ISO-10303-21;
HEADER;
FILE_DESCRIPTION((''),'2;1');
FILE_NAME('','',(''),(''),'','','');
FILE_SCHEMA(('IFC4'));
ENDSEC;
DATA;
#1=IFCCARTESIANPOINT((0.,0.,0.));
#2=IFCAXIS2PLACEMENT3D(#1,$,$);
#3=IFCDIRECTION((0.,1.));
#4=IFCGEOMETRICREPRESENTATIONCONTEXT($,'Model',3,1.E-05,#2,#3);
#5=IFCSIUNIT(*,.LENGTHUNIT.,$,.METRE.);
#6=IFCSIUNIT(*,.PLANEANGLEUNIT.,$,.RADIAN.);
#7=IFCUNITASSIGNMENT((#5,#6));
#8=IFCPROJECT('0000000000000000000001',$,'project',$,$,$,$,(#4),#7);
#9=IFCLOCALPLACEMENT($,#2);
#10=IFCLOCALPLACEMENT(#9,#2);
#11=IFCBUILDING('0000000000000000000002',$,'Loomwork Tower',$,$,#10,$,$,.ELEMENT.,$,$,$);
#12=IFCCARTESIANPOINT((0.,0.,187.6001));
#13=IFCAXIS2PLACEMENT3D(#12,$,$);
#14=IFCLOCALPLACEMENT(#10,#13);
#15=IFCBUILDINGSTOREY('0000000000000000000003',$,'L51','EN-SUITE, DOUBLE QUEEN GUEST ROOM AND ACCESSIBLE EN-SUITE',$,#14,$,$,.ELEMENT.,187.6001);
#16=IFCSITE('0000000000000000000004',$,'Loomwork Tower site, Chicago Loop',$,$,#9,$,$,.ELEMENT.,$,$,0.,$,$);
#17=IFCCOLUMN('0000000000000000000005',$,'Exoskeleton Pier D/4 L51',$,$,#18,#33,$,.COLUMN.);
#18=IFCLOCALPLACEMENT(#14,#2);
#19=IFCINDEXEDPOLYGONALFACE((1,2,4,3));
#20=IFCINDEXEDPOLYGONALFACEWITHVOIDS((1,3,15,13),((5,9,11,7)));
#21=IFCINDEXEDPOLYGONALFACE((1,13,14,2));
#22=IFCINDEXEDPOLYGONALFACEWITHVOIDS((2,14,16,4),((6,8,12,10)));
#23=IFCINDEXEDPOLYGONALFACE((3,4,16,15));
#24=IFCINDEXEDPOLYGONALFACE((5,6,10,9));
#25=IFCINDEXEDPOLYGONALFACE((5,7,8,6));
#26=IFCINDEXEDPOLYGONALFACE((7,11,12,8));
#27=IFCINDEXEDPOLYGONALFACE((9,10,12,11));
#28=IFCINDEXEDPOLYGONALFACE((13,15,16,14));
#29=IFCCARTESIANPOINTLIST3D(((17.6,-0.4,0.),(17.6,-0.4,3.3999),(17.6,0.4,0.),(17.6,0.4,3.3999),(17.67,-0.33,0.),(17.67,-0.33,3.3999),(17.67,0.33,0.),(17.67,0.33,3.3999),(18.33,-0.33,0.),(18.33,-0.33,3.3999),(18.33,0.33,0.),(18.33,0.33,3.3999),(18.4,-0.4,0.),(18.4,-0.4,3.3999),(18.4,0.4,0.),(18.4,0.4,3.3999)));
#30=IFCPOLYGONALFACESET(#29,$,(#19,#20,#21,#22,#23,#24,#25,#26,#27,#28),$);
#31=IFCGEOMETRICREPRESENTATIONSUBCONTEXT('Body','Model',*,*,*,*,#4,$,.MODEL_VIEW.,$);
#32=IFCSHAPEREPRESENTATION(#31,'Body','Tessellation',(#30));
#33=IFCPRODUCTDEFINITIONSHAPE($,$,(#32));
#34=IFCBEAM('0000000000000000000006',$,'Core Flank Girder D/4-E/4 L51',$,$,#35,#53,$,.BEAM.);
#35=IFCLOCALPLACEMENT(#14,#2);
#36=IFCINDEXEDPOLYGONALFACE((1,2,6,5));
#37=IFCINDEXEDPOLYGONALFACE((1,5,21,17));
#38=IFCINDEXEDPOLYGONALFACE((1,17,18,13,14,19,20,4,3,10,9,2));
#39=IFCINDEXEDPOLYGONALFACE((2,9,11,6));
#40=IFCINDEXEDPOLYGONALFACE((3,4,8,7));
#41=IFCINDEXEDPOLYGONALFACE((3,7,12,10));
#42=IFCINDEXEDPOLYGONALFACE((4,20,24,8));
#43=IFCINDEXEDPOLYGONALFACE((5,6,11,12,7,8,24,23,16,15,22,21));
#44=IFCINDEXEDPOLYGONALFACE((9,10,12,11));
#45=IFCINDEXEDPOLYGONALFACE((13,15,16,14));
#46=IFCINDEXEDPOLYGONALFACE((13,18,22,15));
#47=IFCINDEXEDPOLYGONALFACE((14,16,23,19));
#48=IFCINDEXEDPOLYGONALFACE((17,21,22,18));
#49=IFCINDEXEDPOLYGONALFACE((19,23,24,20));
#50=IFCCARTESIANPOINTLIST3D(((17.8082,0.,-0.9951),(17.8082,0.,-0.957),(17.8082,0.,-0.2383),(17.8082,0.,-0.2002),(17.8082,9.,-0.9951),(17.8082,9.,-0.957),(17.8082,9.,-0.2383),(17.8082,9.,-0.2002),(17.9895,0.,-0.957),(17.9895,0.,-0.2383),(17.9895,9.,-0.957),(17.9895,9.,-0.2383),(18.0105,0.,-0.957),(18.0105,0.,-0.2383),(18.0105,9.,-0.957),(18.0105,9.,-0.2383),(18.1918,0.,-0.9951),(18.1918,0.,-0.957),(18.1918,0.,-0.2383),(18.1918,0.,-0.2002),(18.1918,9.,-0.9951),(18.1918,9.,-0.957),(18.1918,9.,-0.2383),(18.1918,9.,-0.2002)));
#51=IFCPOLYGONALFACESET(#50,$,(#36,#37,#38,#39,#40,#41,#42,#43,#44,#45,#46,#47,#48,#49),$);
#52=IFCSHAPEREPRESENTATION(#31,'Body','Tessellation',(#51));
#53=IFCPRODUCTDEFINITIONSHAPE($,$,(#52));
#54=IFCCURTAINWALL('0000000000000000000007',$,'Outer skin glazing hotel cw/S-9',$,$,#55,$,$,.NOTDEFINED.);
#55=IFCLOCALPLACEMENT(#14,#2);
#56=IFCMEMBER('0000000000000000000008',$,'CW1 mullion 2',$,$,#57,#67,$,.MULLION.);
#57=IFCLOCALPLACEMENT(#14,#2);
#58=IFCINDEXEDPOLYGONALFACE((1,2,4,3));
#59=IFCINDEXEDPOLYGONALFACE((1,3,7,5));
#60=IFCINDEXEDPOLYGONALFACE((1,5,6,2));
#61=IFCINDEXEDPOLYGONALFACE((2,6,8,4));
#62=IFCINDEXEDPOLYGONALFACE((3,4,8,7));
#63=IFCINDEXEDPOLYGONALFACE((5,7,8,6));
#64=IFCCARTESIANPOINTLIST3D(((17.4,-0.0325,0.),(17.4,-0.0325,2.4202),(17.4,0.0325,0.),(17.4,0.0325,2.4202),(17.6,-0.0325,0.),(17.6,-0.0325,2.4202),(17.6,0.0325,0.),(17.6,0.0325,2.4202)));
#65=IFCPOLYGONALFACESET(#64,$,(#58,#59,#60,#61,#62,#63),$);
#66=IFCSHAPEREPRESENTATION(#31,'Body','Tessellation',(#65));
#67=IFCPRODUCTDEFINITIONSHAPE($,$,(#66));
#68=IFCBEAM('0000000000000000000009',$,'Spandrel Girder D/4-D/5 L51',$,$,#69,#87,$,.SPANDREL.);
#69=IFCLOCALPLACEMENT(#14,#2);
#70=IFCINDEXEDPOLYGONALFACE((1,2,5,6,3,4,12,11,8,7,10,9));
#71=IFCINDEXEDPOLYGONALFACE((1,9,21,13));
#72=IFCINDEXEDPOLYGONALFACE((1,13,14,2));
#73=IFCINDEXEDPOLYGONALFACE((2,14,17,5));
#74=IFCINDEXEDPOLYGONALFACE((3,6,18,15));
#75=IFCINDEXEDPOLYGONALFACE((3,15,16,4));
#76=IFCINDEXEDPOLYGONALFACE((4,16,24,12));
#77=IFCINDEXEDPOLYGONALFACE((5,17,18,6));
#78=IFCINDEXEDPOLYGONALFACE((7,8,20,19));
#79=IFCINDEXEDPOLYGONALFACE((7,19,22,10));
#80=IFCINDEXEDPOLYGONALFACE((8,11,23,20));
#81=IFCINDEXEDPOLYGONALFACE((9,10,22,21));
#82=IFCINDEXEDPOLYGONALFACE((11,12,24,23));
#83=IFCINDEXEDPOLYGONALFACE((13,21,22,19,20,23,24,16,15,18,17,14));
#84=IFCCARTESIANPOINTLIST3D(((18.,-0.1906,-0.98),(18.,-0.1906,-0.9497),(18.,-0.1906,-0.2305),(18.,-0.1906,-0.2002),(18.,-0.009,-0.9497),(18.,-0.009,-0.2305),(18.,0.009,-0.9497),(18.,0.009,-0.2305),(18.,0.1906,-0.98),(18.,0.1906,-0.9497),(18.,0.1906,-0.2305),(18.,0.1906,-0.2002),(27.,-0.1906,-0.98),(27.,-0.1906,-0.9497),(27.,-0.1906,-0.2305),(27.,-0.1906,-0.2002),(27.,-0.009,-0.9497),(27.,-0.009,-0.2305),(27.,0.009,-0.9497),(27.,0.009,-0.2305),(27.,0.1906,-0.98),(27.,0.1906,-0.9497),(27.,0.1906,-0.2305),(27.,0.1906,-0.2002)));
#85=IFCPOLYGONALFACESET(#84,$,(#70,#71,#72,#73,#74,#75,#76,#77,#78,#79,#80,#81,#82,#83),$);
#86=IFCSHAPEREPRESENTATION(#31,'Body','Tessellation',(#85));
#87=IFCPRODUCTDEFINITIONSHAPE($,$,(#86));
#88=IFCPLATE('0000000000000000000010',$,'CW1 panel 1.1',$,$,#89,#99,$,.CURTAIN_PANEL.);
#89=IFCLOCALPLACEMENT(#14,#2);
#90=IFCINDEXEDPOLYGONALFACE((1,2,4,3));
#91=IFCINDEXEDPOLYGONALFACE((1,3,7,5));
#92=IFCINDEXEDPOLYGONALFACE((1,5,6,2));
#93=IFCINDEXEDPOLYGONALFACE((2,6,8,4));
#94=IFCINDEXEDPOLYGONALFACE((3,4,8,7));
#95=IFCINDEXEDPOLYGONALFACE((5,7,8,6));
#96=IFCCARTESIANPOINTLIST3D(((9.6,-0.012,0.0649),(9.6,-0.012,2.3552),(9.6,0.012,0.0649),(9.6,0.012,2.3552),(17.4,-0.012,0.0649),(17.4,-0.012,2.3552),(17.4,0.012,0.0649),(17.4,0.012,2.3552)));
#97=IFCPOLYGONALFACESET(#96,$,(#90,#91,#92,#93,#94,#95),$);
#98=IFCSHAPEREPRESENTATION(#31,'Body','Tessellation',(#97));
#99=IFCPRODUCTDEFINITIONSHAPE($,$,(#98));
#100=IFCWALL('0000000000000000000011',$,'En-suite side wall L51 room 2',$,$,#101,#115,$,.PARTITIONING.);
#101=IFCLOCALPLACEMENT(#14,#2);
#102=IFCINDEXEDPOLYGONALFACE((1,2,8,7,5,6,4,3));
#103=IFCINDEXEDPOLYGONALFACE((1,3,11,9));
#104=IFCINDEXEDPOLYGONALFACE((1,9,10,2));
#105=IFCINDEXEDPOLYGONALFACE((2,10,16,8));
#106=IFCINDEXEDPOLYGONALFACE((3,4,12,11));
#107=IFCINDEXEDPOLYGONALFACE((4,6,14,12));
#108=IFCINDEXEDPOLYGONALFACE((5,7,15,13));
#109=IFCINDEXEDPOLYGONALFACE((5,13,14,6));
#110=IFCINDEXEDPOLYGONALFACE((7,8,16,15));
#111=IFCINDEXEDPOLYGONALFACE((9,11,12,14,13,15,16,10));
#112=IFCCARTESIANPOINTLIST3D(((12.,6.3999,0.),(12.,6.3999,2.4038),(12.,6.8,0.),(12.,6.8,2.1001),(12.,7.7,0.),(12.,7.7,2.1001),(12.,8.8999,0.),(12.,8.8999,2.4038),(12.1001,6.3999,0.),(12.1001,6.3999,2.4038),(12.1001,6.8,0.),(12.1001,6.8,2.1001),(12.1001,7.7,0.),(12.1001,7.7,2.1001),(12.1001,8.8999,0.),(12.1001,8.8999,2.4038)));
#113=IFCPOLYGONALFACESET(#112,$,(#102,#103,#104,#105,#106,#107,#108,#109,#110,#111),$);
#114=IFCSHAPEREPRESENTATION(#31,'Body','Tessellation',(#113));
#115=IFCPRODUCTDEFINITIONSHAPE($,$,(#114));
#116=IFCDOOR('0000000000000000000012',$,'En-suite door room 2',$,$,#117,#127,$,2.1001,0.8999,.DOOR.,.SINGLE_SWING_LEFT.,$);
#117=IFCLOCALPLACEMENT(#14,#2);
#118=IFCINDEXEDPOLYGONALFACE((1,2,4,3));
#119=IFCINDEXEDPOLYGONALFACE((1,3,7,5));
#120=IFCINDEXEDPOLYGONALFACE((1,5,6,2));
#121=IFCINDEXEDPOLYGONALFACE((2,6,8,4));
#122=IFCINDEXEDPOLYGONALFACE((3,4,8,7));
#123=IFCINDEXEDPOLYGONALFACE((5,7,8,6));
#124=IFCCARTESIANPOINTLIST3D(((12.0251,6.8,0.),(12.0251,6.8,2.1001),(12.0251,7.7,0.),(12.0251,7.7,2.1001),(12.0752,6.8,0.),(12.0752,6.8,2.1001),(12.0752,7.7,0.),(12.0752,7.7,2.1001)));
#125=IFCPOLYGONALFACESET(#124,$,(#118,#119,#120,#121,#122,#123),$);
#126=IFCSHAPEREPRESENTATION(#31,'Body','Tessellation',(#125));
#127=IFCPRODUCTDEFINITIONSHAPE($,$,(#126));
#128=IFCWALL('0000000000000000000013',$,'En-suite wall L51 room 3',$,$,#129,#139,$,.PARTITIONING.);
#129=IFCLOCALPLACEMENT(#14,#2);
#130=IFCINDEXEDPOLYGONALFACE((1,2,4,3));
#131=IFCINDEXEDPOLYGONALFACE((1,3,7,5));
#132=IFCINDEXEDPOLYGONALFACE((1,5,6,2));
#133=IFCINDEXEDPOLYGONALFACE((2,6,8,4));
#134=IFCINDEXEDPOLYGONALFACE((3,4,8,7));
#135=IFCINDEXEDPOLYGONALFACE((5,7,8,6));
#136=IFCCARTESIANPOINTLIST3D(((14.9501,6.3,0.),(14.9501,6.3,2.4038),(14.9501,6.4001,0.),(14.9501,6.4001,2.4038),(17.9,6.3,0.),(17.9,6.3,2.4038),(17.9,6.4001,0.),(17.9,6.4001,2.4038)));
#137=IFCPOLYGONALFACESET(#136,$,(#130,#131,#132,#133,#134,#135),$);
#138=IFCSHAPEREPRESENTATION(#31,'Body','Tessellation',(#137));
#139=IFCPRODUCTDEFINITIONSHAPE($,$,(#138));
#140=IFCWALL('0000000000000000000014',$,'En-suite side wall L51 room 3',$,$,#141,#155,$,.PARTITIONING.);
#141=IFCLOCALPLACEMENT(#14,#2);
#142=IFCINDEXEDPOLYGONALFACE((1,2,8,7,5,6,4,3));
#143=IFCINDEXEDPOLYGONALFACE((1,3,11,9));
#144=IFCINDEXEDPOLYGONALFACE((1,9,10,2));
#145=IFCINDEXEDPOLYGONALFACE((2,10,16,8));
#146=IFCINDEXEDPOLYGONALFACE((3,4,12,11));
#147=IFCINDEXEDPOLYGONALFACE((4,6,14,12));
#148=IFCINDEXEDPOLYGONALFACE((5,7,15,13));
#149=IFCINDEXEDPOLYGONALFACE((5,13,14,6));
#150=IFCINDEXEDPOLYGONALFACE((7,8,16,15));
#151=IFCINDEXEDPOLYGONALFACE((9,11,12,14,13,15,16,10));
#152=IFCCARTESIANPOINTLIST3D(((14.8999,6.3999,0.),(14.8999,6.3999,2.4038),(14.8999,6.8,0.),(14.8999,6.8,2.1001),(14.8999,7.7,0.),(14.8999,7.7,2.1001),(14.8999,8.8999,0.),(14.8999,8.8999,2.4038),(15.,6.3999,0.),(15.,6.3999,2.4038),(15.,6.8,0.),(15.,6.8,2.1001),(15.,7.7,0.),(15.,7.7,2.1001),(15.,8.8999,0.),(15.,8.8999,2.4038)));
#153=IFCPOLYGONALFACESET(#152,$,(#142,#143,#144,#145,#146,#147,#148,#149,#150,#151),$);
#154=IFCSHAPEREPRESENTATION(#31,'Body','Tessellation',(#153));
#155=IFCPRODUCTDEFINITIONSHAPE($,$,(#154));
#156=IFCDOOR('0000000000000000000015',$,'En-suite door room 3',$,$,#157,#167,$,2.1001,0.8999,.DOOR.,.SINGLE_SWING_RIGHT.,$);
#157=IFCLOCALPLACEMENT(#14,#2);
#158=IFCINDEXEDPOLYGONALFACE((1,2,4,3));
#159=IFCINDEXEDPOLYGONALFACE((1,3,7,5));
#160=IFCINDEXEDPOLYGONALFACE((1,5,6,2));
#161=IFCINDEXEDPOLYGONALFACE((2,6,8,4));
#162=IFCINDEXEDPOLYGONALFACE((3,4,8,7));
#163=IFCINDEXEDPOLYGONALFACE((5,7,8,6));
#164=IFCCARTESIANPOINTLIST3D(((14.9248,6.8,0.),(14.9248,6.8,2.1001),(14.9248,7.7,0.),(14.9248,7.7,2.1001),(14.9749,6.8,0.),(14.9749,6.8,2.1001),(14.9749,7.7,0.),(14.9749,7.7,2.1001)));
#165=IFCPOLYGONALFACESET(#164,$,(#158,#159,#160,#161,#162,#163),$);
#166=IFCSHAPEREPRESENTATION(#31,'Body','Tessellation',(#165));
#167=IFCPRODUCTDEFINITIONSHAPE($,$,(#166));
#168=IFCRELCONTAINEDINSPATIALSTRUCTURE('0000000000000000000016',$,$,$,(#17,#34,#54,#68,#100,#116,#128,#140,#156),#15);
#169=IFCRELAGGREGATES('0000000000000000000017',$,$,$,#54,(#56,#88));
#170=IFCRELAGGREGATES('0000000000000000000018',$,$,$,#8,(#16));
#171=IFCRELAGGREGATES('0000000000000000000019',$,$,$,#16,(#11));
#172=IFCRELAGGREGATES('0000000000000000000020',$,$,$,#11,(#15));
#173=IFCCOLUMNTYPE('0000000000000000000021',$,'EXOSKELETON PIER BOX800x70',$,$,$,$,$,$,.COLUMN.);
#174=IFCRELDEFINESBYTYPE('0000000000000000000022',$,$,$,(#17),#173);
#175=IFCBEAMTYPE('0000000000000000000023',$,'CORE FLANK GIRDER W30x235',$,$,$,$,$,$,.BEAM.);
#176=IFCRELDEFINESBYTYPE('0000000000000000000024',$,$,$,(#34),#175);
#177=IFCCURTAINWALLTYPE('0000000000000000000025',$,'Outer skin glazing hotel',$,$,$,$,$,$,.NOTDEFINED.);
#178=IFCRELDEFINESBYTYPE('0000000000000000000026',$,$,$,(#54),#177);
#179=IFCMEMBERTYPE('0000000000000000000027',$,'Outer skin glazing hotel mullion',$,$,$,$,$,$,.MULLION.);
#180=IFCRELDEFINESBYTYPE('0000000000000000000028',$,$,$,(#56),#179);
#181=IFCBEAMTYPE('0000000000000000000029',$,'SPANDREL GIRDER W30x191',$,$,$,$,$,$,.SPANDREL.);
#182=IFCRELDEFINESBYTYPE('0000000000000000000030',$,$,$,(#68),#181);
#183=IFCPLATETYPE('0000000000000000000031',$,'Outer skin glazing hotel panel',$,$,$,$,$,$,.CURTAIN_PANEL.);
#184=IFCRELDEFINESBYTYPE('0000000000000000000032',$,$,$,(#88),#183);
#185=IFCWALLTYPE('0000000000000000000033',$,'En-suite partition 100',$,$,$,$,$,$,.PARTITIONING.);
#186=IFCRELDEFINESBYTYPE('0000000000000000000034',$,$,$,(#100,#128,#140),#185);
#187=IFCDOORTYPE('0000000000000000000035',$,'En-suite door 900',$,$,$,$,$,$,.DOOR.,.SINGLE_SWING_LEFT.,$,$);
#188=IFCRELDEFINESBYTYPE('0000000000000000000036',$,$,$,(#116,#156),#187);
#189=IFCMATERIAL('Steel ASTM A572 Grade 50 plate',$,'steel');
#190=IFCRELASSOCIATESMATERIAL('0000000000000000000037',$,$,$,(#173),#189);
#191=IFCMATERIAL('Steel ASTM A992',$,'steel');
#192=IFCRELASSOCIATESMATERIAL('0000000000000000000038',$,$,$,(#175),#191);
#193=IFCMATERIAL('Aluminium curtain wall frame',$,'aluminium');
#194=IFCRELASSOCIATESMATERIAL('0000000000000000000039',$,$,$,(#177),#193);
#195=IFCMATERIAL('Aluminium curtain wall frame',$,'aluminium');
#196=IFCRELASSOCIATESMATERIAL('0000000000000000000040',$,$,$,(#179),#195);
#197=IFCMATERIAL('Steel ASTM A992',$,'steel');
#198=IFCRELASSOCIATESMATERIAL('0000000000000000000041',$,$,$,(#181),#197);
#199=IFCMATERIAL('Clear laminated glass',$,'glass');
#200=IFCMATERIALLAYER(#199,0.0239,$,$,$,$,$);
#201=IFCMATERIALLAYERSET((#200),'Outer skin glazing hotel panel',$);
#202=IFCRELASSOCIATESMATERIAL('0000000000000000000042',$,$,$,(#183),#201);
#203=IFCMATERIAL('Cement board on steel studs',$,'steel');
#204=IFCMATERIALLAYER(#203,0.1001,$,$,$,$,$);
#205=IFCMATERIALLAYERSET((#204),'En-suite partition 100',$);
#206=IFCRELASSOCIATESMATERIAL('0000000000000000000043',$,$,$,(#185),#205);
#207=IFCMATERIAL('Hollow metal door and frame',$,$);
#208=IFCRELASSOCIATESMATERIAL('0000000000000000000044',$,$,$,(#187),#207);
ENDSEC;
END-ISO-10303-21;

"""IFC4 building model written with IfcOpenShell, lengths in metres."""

from ifc_helpers import new_model, si_unit, direction, frame, frame_2d, origin, origin_2d, place, context, subcontext, project, spatial, rectangle, hollow_rectangle, i_section, extrude, material, layer, layer_set, material_profile, profile_set, type_object, element, fill, aggregate, save


model = new_model("IFC4")

# Units and contexts
model_context = context("Model", 3, precision=1e-05, world=origin(), true_north=direction((0.0, 1.0)))
body_context = subcontext(model_context, "Body", "Model", "MODEL_VIEW")
ifc_project = project(units=[si_unit("LENGTHUNIT", "METRE"), si_unit("PLANEANGLEUNIT", "RADIAN")], contexts=[model_context])

# Site, building, storey
site_placement = place(None, origin())
site = spatial("IfcSite", under=ifc_project, at=site_placement, Name="Loomwork Tower site, Chicago Loop", CompositionType="ELEMENT", RefElevation=0.0)
building_placement = place(site_placement, origin())
building = spatial("IfcBuilding", under=site, at=building_placement, Name="Loomwork Tower", CompositionType="ELEMENT")
storey_placement = place(building_placement, frame((0.0, 0.0, 187.6001)))
storey = spatial("IfcBuildingStorey", under=building, at=storey_placement, Name="L51", Description="EN-SUITE, DOUBLE QUEEN GUEST ROOM AND ACCESSIBLE EN-SUITE", CompositionType="ELEMENT", Elevation=187.6001)

# Column
ifc_material_1 = material(Name="Steel ASTM A572 Grade 50 plate", Category="steel")
ifc_material_profile_1 = material_profile(ifc_material_1, hollow_rectangle(XDim=0.8, YDim=0.8, WallThickness=0.0701, at=origin_2d()), Name="BOX800x70")
ifc_profile_set_1 = profile_set([ifc_material_profile_1], Name="Steel ASTM A572 Grade 50 plate")
column_type = type_object("IfcColumnType", Name="EXOSKELETON PIER BOX800x70", PredefinedType="COLUMN", material=ifc_profile_set_1)
column_placement = place(storey_placement, frame((18.0, 0.0, 0.0), z_axis=(0.0, 0.0, 1.0), x_axis=(1.0, 0.0, 0.0)))
element("IfcColumn", 1, at=column_placement, inside=storey, type_object=column_type, Name="Exoskeleton Pier D/4 L51", PredefinedType="COLUMN", context=body_context, shape_type="SweptSolid", body=[
    extrude(hollow_rectangle(XDim=0.8, YDim=0.8, WallThickness=0.0701, at=origin_2d()), origin(), (0.0, 0.0, 1.0), 3.3999),
])

# Beam
ifc_material_2 = material(Name="Steel ASTM A992", Category="steel")
ifc_material_profile_2 = material_profile(ifc_material_2, i_section(OverallWidth=0.3835, OverallDepth=0.7949, WebThickness=0.021, FlangeThickness=0.0381, at=origin_2d()), Name="W30x235")
ifc_profile_set_2 = profile_set([ifc_material_profile_2], Name="Steel ASTM A992")
beam_type_1 = type_object("IfcBeamType", Name="CORE FLANK GIRDER W30x235", PredefinedType="BEAM", material=ifc_profile_set_2)
beam_1_placement = place(storey_placement, frame((18.0, 0.0, -0.5977), z_axis=(0.0, 1.0, 0.0), x_axis=(-1.0, 0.0, 0.0)))
element("IfcBeam", 2, at=beam_1_placement, inside=storey, type_object=beam_type_1, Name="Core Flank Girder D/4-E/4 L51", PredefinedType="BEAM", context=body_context, shape_type="SweptSolid", body=[
    extrude(i_section(OverallWidth=0.3835, OverallDepth=0.7949, WebThickness=0.021, FlangeThickness=0.0381, at=origin_2d()), origin(), (0.0, 0.0, 1.0), 9.0),
])

# Curtain wall, member
ifc_material_3 = material(Name="Aluminium curtain wall frame", Category="aluminium")
curtain_wall_type = type_object("IfcCurtainWallType", Name="Outer skin glazing hotel", PredefinedType="NOTDEFINED", material=ifc_material_3)
curtain_wall_placement = place(storey_placement, origin())
curtain_wall = element("IfcCurtainWall", 3, at=curtain_wall_placement, inside=storey, type_object=curtain_wall_type, Name="Outer skin glazing hotel cw/S-9", PredefinedType="NOTDEFINED")
ifc_material_4 = material(Name="Aluminium curtain wall frame", Category="aluminium")
ifc_material_profile_3 = material_profile(ifc_material_4, rectangle(XDim=0.0649, YDim=0.2, at=origin_2d()), Name="AL 65x200")
ifc_profile_set_3 = profile_set([ifc_material_profile_3], Name="Aluminium curtain wall frame")
member_type = type_object("IfcMemberType", Name="Outer skin glazing hotel mullion", PredefinedType="MULLION", material=ifc_profile_set_3)
member_placement = place(storey_placement, frame((17.5, 0.0, 0.0), z_axis=(0.0, 0.0, 1.0), x_axis=(0.0, 1.0, 0.0)))
member = element("IfcMember", 4, at=member_placement, type_object=member_type, Name="CW1 mullion 2", PredefinedType="MULLION", context=body_context, shape_type="SweptSolid", body=[
    extrude(rectangle(XDim=0.0649, YDim=0.2, at=origin_2d()), origin(), (0.0, 0.0, 1.0), 2.4202),
])

# Beam
ifc_material_5 = material(Name="Steel ASTM A992", Category="steel")
ifc_material_profile_4 = material_profile(ifc_material_5, i_section(OverallWidth=0.3811, OverallDepth=0.7798, WebThickness=0.0181, FlangeThickness=0.0303, at=origin_2d()), Name="W30x191")
ifc_profile_set_4 = profile_set([ifc_material_profile_4], Name="Steel ASTM A992")
beam_type_2 = type_object("IfcBeamType", Name="SPANDREL GIRDER W30x191", PredefinedType="SPANDREL", material=ifc_profile_set_4)
beam_2_placement = place(storey_placement, frame((18.0, 0.0, -0.5901), z_axis=(1.0, 0.0, 0.0), x_axis=(0.0, 1.0, 0.0)))
element("IfcBeam", 5, at=beam_2_placement, inside=storey, type_object=beam_type_2, Name="Spandrel Girder D/4-D/5 L51", PredefinedType="SPANDREL", context=body_context, shape_type="SweptSolid", body=[
    extrude(i_section(OverallWidth=0.3811, OverallDepth=0.7798, WebThickness=0.0181, FlangeThickness=0.0303, at=origin_2d()), origin(), (0.0, 0.0, 1.0), 9.0),
])

# Plate
ifc_material_6 = material(Name="Clear laminated glass", Category="glass")
ifc_layer_1 = layer(ifc_material_6, 0.0239)
ifc_layer_set_1 = layer_set([ifc_layer_1], Name="Outer skin glazing hotel panel")
plate_type = type_object("IfcPlateType", Name="Outer skin glazing hotel panel", PredefinedType="CURTAIN_PANEL", material=ifc_layer_set_1)
plate_placement = place(storey_placement, frame((13.5, 0.0, 0.0649), z_axis=(0.0, 0.0, 1.0), x_axis=(1.0, 0.0, 0.0)))
plate = element("IfcPlate", 6, at=plate_placement, type_object=plate_type, Name="CW1 panel 1.1", PredefinedType="CURTAIN_PANEL", context=body_context, shape_type="SweptSolid", body=[
    extrude(rectangle(XDim=7.8, YDim=0.0239, at=origin_2d()), origin(), (0.0, 0.0, 1.0), 2.2903),
])
aggregate(curtain_wall, [member, plate])

# Wall, opening, door
ifc_material_7 = material(Name="Cement board on steel studs", Category="steel")
ifc_layer_2 = layer(ifc_material_7, 0.1001)
ifc_layer_set_2 = layer_set([ifc_layer_2], Name="En-suite partition 100")
wall_type_1 = type_object("IfcWallType", Name="En-suite partition 100", PredefinedType="PARTITIONING", material=ifc_layer_set_2)
wall_1_placement = place(storey_placement, frame((12.05, 8.8999, 0.0), z_axis=(0.0, 0.0, 1.0), x_axis=(0.0, -1.0, 0.0)))
wall_1 = element("IfcWall", 7, at=wall_1_placement, inside=storey, type_object=wall_type_1, Name="En-suite side wall L51 room 2", PredefinedType="PARTITIONING", context=body_context, shape_type="SweptSolid", body=[
    extrude(rectangle(XDim=2.5, YDim=0.1001, at=frame_2d((1.25, 0.0))), origin(), (0.0, 0.0, 1.0), 2.4038),
])
opening_1_placement = place(wall_1_placement, frame((1.2, 0.0, 0.0)))
opening_1 = element("IfcOpeningElement", 8, at=opening_1_placement, cuts=wall_1, PredefinedType="OPENING", context=body_context, shape_type="SweptSolid", body=[
    extrude(rectangle(XDim=0.8999, YDim=2.1001, at=frame_2d((0.45, 1.05))), frame((0.0, 0.0601, 0.0), z_axis=(0.0, -1.0, 0.0), x_axis=(1.0, 0.0, 0.0)), (0.0, 0.0, 1.0), 0.1201),
])
ifc_material_8 = material(Name="Hollow metal door and frame")
door_type = type_object("IfcDoorType", Name="En-suite door 900", OperationType="SINGLE_SWING_LEFT", PredefinedType="DOOR", material=ifc_material_8)
door_1_placement = place(opening_1_placement, frame((0.8999, 0.0, 0.0), z_axis=(0.0, 0.0, 1.0), x_axis=(-1.0, 0.0, 0.0)))
door_1 = element("IfcDoor", 9, at=door_1_placement, inside=storey, type_object=door_type, Name="En-suite door room 2", OperationType="SINGLE_SWING_LEFT", OverallHeight=2.1001, OverallWidth=0.8999, PredefinedType="DOOR", context=body_context, shape_type="SweptSolid", body=[
    extrude(rectangle(XDim=0.8999, YDim=2.1001, at=frame_2d((0.45, 1.05))), frame((0.0, 0.0249, 0.0), z_axis=(0.0, -1.0, 0.0), x_axis=(1.0, 0.0, 0.0)), (0.0, 0.0, 1.0), 0.05),
])
fill(opening_1, door_1)

# Wall
wall_2_placement = place(storey_placement, frame((14.95, 6.3501, 0.0), z_axis=(0.0, 0.0, 1.0), x_axis=(1.0, 0.0, 0.0)))
element("IfcWall", 10, at=wall_2_placement, inside=storey, type_object=wall_type_1, Name="En-suite wall L51 room 3", PredefinedType="PARTITIONING", context=body_context, shape_type="SweptSolid", body=[
    extrude(rectangle(XDim=2.95, YDim=0.1001, at=frame_2d((1.4751, 0.0))), origin(), (0.0, 0.0, 1.0), 2.4038),
])

# Wall, opening, door
wall_3_placement = place(storey_placement, frame((14.95, 8.8999, 0.0), z_axis=(0.0, 0.0, 1.0), x_axis=(0.0, -1.0, 0.0)))
wall_3 = element("IfcWall", 11, at=wall_3_placement, inside=storey, type_object=wall_type_1, Name="En-suite side wall L51 room 3", PredefinedType="PARTITIONING", context=body_context, shape_type="SweptSolid", body=[
    extrude(rectangle(XDim=2.5, YDim=0.1001, at=frame_2d((1.25, 0.0))), origin(), (0.0, 0.0, 1.0), 2.4038),
])
opening_2_placement = place(wall_3_placement, frame((1.2, 0.0, 0.0)))
opening_2 = element("IfcOpeningElement", 12, at=opening_2_placement, cuts=wall_3, PredefinedType="OPENING", context=body_context, shape_type="SweptSolid", body=[
    extrude(rectangle(XDim=0.8999, YDim=2.1001, at=frame_2d((0.45, 1.05))), frame((0.0, 0.0601, 0.0), z_axis=(0.0, -1.0, 0.0), x_axis=(1.0, 0.0, 0.0)), (0.0, 0.0, 1.0), 0.1201),
])
door_2_placement = place(opening_2_placement, origin())
door_2 = element("IfcDoor", 13, at=door_2_placement, inside=storey, type_object=door_type, Name="En-suite door room 3", OperationType="SINGLE_SWING_RIGHT", OverallHeight=2.1001, OverallWidth=0.8999, PredefinedType="DOOR", context=body_context, shape_type="SweptSolid", body=[
    extrude(rectangle(XDim=0.8999, YDim=2.1001, at=frame_2d((0.45, 1.05))), frame((0.0, 0.0249, 0.0), z_axis=(0.0, -1.0, 0.0), x_axis=(1.0, 0.0, 0.0)), (0.0, 0.0, 1.0), 0.05),
])
fill(opening_2, door_2)

save(model, "model.ifc")
